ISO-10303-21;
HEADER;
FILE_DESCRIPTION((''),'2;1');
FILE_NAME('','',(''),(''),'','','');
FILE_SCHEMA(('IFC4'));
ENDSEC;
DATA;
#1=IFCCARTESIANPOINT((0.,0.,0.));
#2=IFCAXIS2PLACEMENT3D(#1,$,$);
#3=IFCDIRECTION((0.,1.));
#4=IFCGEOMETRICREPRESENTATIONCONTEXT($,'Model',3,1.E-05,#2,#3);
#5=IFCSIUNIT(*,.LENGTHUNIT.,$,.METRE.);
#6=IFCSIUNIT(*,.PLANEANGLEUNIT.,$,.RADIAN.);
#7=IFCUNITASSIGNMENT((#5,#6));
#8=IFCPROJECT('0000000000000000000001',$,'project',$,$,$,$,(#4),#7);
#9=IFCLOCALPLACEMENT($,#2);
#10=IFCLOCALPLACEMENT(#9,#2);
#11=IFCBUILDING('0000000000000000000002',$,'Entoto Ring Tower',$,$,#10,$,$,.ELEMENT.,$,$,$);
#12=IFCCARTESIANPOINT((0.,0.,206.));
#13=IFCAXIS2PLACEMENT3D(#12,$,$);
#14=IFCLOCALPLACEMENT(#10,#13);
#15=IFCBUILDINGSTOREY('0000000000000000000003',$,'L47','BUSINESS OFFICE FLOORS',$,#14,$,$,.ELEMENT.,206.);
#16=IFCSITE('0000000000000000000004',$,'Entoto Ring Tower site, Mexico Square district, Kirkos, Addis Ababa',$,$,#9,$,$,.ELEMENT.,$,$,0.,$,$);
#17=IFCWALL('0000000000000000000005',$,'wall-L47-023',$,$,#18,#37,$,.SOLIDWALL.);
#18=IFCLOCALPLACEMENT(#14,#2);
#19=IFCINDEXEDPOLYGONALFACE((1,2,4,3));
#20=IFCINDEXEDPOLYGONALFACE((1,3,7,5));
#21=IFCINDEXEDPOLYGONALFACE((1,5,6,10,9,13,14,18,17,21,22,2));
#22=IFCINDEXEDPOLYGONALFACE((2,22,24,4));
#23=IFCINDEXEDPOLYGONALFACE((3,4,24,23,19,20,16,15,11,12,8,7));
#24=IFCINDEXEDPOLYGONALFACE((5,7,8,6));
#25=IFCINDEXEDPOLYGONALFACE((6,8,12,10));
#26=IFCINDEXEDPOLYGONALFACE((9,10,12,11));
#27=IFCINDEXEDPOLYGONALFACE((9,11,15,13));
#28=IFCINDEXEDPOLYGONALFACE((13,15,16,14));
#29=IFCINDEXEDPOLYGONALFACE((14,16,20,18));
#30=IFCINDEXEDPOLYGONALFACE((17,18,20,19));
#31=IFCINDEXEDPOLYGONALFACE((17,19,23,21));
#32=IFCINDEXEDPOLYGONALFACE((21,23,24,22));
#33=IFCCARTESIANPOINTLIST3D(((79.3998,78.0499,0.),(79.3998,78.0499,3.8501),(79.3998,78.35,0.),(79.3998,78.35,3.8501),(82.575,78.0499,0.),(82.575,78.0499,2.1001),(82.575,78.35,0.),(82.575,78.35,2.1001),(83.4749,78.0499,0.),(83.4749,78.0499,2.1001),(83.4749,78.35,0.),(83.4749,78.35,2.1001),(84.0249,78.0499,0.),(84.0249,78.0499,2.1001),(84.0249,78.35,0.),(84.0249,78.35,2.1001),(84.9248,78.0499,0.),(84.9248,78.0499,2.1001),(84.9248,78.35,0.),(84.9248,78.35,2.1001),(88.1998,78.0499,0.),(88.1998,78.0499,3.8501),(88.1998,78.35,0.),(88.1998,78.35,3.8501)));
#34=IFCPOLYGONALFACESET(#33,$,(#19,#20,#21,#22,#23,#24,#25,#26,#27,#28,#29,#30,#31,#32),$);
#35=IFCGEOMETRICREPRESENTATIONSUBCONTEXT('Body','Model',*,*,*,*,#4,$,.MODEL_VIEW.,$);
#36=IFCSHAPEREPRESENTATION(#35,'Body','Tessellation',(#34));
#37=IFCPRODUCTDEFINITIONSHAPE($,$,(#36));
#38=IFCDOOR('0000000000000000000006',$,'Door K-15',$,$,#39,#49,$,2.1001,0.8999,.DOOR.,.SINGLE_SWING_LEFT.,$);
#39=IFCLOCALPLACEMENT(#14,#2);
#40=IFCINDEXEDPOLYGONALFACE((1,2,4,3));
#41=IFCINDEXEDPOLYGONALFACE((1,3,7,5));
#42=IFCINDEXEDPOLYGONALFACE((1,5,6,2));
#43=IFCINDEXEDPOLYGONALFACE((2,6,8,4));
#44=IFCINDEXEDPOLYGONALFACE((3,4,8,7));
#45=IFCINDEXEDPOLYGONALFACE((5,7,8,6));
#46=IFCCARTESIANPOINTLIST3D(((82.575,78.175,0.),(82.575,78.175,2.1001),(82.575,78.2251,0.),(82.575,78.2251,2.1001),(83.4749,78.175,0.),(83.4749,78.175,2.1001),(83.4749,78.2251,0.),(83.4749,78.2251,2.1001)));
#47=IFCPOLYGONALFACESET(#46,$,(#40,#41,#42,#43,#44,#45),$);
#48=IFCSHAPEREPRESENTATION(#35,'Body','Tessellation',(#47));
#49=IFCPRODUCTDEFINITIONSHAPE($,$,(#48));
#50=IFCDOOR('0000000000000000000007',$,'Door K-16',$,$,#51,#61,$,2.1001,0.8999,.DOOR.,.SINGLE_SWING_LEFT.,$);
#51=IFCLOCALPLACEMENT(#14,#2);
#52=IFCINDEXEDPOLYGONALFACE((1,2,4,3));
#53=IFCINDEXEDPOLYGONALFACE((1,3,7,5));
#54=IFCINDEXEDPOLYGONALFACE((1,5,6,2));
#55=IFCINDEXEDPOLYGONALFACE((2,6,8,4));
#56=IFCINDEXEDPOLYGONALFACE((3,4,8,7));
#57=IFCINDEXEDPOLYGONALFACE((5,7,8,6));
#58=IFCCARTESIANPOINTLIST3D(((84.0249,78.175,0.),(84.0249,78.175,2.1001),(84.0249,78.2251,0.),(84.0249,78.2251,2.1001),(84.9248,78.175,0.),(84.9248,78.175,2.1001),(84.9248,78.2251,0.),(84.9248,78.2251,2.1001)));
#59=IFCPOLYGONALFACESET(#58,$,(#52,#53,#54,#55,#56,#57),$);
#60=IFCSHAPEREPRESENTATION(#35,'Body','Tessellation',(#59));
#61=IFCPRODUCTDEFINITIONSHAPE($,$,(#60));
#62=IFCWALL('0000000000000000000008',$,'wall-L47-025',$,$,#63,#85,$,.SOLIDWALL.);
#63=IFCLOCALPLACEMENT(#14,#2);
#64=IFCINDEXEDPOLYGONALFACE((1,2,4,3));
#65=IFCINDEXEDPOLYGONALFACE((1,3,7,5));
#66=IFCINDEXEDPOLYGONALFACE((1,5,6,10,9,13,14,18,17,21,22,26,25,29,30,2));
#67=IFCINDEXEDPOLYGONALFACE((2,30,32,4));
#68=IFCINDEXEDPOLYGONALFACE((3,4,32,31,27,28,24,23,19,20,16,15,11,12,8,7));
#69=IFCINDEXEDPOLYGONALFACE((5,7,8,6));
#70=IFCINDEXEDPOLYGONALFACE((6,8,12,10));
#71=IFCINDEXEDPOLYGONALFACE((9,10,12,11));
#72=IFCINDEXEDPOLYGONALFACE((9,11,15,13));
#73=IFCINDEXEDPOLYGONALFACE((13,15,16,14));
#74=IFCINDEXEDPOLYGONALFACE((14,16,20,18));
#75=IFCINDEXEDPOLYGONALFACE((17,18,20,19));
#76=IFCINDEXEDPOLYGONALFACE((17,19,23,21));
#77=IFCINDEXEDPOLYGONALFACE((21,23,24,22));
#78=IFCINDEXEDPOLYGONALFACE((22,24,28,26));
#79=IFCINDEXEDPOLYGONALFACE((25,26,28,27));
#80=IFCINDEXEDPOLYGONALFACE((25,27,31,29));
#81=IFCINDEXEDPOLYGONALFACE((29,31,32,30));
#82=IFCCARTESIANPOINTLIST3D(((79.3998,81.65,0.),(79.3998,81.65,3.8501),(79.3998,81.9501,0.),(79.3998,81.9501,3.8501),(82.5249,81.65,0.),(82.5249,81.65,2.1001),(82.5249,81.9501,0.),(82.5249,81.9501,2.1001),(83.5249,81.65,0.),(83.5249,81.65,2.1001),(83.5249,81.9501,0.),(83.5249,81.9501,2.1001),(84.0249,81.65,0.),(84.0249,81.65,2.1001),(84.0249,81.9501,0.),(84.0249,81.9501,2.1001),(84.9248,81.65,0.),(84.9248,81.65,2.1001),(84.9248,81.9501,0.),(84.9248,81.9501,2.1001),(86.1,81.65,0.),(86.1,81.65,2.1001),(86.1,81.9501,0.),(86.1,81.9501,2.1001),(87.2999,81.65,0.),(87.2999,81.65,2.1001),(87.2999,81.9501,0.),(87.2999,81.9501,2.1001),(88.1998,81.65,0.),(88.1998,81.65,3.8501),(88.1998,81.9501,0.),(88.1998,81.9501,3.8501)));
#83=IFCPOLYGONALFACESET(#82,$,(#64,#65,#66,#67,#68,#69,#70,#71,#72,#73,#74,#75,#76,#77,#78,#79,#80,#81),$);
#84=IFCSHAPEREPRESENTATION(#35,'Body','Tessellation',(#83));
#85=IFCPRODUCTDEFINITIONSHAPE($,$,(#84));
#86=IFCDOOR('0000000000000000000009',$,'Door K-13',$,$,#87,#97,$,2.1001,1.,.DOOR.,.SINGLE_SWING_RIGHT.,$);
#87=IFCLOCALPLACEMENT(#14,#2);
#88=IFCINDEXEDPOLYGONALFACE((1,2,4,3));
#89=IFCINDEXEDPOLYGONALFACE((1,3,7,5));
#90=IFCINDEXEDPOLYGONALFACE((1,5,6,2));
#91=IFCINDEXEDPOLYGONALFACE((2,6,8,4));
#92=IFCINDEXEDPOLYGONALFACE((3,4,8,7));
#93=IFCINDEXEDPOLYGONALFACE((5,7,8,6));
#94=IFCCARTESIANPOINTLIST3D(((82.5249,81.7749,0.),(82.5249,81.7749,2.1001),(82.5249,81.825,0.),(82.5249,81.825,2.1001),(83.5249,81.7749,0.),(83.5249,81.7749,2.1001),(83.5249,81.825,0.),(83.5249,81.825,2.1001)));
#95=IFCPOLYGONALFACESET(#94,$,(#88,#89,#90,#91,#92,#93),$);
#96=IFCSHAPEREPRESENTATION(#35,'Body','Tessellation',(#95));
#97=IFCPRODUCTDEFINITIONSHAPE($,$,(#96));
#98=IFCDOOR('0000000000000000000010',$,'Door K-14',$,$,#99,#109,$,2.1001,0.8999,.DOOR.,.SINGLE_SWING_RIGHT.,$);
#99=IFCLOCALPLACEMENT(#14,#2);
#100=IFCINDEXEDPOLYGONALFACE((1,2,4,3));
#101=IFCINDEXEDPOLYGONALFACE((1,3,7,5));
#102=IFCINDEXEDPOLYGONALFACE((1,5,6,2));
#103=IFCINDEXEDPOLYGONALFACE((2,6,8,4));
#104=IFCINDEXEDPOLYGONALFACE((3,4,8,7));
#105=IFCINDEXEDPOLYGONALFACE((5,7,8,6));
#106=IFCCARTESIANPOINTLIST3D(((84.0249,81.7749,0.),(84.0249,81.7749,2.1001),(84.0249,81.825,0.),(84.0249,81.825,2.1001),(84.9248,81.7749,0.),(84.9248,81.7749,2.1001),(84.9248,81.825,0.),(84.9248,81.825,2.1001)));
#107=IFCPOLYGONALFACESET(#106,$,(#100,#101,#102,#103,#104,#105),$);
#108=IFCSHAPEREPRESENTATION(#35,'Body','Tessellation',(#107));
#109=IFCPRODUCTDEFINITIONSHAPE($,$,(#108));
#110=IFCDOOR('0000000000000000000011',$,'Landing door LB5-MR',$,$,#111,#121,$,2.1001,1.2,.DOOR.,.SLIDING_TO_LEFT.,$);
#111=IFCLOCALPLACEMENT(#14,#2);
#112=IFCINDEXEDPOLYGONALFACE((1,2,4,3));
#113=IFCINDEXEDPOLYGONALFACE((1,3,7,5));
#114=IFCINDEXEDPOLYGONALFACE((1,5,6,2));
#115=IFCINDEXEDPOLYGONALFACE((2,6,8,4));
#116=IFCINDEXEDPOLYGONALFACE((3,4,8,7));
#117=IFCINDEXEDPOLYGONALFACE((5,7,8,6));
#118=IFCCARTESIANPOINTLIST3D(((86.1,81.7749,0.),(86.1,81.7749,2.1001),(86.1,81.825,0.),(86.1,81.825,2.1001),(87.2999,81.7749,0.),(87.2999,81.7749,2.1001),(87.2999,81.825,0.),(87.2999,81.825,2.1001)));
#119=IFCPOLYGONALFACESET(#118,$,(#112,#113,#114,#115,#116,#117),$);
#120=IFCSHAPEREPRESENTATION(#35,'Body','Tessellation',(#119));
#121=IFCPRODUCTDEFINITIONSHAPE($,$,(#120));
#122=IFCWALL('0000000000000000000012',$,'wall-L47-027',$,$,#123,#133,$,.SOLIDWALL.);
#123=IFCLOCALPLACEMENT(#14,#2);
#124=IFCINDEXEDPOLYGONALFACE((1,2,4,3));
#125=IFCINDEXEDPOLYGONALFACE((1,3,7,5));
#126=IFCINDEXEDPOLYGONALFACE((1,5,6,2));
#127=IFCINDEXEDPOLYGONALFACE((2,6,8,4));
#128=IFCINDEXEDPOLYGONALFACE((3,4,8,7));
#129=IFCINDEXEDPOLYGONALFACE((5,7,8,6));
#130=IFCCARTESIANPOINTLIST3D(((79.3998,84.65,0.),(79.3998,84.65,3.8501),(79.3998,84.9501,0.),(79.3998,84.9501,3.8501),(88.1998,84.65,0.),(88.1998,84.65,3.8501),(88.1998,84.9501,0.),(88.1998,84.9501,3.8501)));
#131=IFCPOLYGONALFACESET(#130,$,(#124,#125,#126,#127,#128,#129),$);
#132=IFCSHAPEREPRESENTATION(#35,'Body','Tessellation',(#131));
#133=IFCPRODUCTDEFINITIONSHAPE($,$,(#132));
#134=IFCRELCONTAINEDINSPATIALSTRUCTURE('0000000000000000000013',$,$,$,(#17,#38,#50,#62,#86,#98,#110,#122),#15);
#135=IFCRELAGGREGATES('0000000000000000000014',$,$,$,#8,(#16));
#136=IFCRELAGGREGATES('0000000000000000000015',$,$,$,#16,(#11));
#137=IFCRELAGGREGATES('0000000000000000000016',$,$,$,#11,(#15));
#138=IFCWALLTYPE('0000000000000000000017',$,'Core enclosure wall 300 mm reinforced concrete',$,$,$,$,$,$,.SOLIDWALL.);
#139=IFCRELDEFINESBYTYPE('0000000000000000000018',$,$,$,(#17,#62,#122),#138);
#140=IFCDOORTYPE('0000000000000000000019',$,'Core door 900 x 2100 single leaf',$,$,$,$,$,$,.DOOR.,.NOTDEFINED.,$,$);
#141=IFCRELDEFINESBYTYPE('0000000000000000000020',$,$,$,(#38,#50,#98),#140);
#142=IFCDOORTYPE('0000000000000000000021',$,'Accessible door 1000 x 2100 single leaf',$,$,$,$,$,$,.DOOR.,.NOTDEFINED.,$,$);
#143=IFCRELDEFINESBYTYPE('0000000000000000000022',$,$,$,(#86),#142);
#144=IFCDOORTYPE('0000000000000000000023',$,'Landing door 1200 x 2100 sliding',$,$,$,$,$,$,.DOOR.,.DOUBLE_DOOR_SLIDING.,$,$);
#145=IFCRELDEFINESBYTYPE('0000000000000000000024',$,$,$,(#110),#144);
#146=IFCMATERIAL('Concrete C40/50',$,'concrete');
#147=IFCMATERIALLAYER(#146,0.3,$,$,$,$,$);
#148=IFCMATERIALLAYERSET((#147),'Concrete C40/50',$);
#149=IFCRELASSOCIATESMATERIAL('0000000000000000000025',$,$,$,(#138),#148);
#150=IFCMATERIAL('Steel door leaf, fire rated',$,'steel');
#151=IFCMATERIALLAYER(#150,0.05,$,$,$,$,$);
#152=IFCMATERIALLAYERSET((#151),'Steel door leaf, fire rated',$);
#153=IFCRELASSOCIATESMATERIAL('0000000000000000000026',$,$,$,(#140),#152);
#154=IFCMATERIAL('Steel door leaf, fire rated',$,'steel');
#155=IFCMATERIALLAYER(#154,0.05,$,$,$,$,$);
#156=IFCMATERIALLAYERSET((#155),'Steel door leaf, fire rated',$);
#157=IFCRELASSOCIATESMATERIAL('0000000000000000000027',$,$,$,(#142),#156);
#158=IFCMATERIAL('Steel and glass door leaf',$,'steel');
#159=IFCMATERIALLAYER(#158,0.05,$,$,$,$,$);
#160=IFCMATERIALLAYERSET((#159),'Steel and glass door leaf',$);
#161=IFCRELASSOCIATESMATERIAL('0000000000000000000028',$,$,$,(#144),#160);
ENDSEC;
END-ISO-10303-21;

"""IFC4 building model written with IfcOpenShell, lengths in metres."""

from ifc_helpers import new_model, si_unit, direction, frame, frame_2d, origin, place, context, subcontext, project, spatial, rectangle, extrude, material, layer, layer_set, type_object, element, fill, save


model = new_model("IFC4")

# Units and contexts
model_context = context("Model", 3, precision=1e-05, world=origin(), true_north=direction((0.0, 1.0)))
body_context = subcontext(model_context, "Body", "Model", "MODEL_VIEW")
ifc_project = project(units=[si_unit("LENGTHUNIT", "METRE"), si_unit("PLANEANGLEUNIT", "RADIAN")], contexts=[model_context])

# Site, building, storey
site_placement = place(None, origin())
site = spatial("IfcSite", under=ifc_project, at=site_placement, Name="Entoto Ring Tower site, Mexico Square district, Kirkos, Addis Ababa", CompositionType="ELEMENT", RefElevation=0.0)
building_placement = place(site_placement, origin())
building = spatial("IfcBuilding", under=site, at=building_placement, Name="Entoto Ring Tower", CompositionType="ELEMENT")
storey_placement = place(building_placement, frame((0.0, 0.0, 206.0)))
storey = spatial("IfcBuildingStorey", under=building, at=storey_placement, Name="L47", Description="BUSINESS OFFICE FLOORS", CompositionType="ELEMENT", Elevation=206.0)

# Shared definitions
ifc_material_1 = material(Name="Concrete C40/50", Category="concrete")
ifc_layer_1 = layer(ifc_material_1, 0.3)
ifc_layer_set_1 = layer_set([ifc_layer_1], Name="Concrete C40/50")
wall_type_1 = type_object("IfcWallType", Name="Core enclosure wall 300 mm reinforced concrete", PredefinedType="SOLIDWALL", material=ifc_layer_set_1)

# Walls, openings, doors
wall_1_placement = place(storey_placement, frame((79.3999, 78.2, 0.0), z_axis=(0.0, 0.0, 1.0), x_axis=(1.0, 0.0, 0.0)))
wall_1 = element("IfcWall", 1, at=wall_1_placement, inside=storey, type_object=wall_type_1, Name="wall-L47-023", PredefinedType="SOLIDWALL", context=body_context, shape_type="SweptSolid", body=[
    extrude(rectangle(XDim=8.8, YDim=0.3, at=frame_2d((4.3999, 0.0))), origin(), (0.0, 0.0, 1.0), 3.8501),
])
opening_1_placement = place(wall_1_placement, frame((3.175, 0.0, 0.0)))
opening_1 = element("IfcOpeningElement", 2, at=opening_1_placement, cuts=wall_1, PredefinedType="OPENING", context=body_context, shape_type="SweptSolid", body=[
    extrude(rectangle(XDim=0.8999, YDim=2.1001, at=frame_2d((0.45, 1.05))), frame((0.0, 0.1602, 0.0), z_axis=(0.0, -1.0, 0.0), x_axis=(1.0, 0.0, 0.0)), (0.0, 0.0, 1.0), 0.3201),
])
opening_2_placement = place(wall_1_placement, frame((4.625, 0.0, 0.0)))
opening_2 = element("IfcOpeningElement", 3, at=opening_2_placement, cuts=wall_1, PredefinedType="OPENING", context=body_context, shape_type="SweptSolid", body=[
    extrude(rectangle(XDim=0.8999, YDim=2.1001, at=frame_2d((0.45, 1.05))), frame((0.0, 0.1602, 0.0), z_axis=(0.0, -1.0, 0.0), x_axis=(1.0, 0.0, 0.0)), (0.0, 0.0, 1.0), 0.3201),
])
ifc_material_2 = material(Name="Steel door leaf, fire rated", Category="steel")
ifc_layer_2 = layer(ifc_material_2, 0.05)
ifc_layer_set_2 = layer_set([ifc_layer_2], Name="Steel door leaf, fire rated")
door_type_1 = type_object("IfcDoorType", Name="Core door 900 x 2100 single leaf", OperationType="NOTDEFINED", PredefinedType="DOOR", material=ifc_layer_set_2)
door_1_placement = place(opening_1_placement, frame((0.8999, 0.0, 0.0), z_axis=(0.0, 0.0, 1.0), x_axis=(-1.0, 0.0, 0.0)))
door_1 = element("IfcDoor", 4, at=door_1_placement, inside=storey, type_object=door_type_1, Name="Door K-15", OperationType="SINGLE_SWING_LEFT", OverallHeight=2.1001, OverallWidth=0.8999, PredefinedType="DOOR", context=body_context, shape_type="SweptSolid", body=[
    extrude(rectangle(XDim=0.8999, YDim=2.1001, at=frame_2d((0.45, 1.05))), frame((0.0, 0.0249, 0.0), z_axis=(0.0, -1.0, 0.0), x_axis=(1.0, 0.0, 0.0)), (0.0, 0.0, 1.0), 0.05),
])
fill(opening_1, door_1)
door_2_placement = place(opening_2_placement, frame((0.8999, 0.0, 0.0), z_axis=(0.0, 0.0, 1.0), x_axis=(-1.0, 0.0, 0.0)))
door_2 = element("IfcDoor", 5, at=door_2_placement, inside=storey, type_object=door_type_1, Name="Door K-16", OperationType="SINGLE_SWING_LEFT", OverallHeight=2.1001, OverallWidth=0.8999, PredefinedType="DOOR", context=body_context, shape_type="SweptSolid", body=[
    extrude(rectangle(XDim=0.8999, YDim=2.1001, at=frame_2d((0.45, 1.05))), frame((0.0, 0.0249, 0.0), z_axis=(0.0, -1.0, 0.0), x_axis=(1.0, 0.0, 0.0)), (0.0, 0.0, 1.0), 0.05),
])
fill(opening_2, door_2)
wall_2_placement = place(storey_placement, frame((79.3999, 81.8, 0.0), z_axis=(0.0, 0.0, 1.0), x_axis=(1.0, 0.0, 0.0)))
wall_2 = element("IfcWall", 6, at=wall_2_placement, inside=storey, type_object=wall_type_1, Name="wall-L47-025", PredefinedType="SOLIDWALL", context=body_context, shape_type="SweptSolid", body=[
    extrude(rectangle(XDim=8.8, YDim=0.3, at=frame_2d((4.3999, 0.0))), origin(), (0.0, 0.0, 1.0), 3.8501),
])
opening_3_placement = place(wall_2_placement, frame((6.7, 0.0, 0.0)))
opening_3 = element("IfcOpeningElement", 7, at=opening_3_placement, cuts=wall_2, PredefinedType="OPENING", context=body_context, shape_type="SweptSolid", body=[
    extrude(rectangle(XDim=1.2, YDim=2.1001, at=frame_2d((0.6001, 1.05))), frame((0.0, 0.1602, 0.0), z_axis=(0.0, -1.0, 0.0), x_axis=(1.0, 0.0, 0.0)), (0.0, 0.0, 1.0), 0.3201),
])
opening_4_placement = place(wall_2_placement, frame((3.125, 0.0, 0.0)))
opening_4 = element("IfcOpeningElement", 8, at=opening_4_placement, cuts=wall_2, PredefinedType="OPENING", context=body_context, shape_type="SweptSolid", body=[
    extrude(rectangle(XDim=1.0, YDim=2.1001, at=frame_2d((0.5, 1.05))), frame((0.0, 0.1602, 0.0), z_axis=(0.0, -1.0, 0.0), x_axis=(1.0, 0.0, 0.0)), (0.0, 0.0, 1.0), 0.3201),
])
opening_5_placement = place(wall_2_placement, frame((4.625, 0.0, 0.0)))
opening_5 = element("IfcOpeningElement", 9, at=opening_5_placement, cuts=wall_2, PredefinedType="OPENING", context=body_context, shape_type="SweptSolid", body=[
    extrude(rectangle(XDim=0.8999, YDim=2.1001, at=frame_2d((0.45, 1.05))), frame((0.0, 0.1602, 0.0), z_axis=(0.0, -1.0, 0.0), x_axis=(1.0, 0.0, 0.0)), (0.0, 0.0, 1.0), 0.3201),
])
ifc_material_3 = material(Name="Steel door leaf, fire rated", Category="steel")
ifc_layer_3 = layer(ifc_material_3, 0.05)
ifc_layer_set_3 = layer_set([ifc_layer_3], Name="Steel door leaf, fire rated")
door_type_2 = type_object("IfcDoorType", Name="Accessible door 1000 x 2100 single leaf", OperationType="NOTDEFINED", PredefinedType="DOOR", material=ifc_layer_set_3)
door_3_placement = place(opening_4_placement, origin())
door_3 = element("IfcDoor", 10, at=door_3_placement, inside=storey, type_object=door_type_2, Name="Door K-13", OperationType="SINGLE_SWING_RIGHT", OverallHeight=2.1001, OverallWidth=1.0, PredefinedType="DOOR", context=body_context, shape_type="SweptSolid", body=[
    extrude(rectangle(XDim=1.0, YDim=2.1001, at=frame_2d((0.5, 1.05))), frame((0.0, 0.0249, 0.0), z_axis=(0.0, -1.0, 0.0), x_axis=(1.0, 0.0, 0.0)), (0.0, 0.0, 1.0), 0.05),
])
fill(opening_4, door_3)
door_4_placement = place(opening_5_placement, origin())
door_4 = element("IfcDoor", 11, at=door_4_placement, inside=storey, type_object=door_type_1, Name="Door K-14", OperationType="SINGLE_SWING_RIGHT", OverallHeight=2.1001, OverallWidth=0.8999, PredefinedType="DOOR", context=body_context, shape_type="SweptSolid", body=[
    extrude(rectangle(XDim=0.8999, YDim=2.1001, at=frame_2d((0.45, 1.05))), frame((0.0, 0.0249, 0.0), z_axis=(0.0, -1.0, 0.0), x_axis=(1.0, 0.0, 0.0)), (0.0, 0.0, 1.0), 0.05),
])
fill(opening_5, door_4)
ifc_material_4 = material(Name="Steel and glass door leaf", Category="steel")
ifc_layer_4 = layer(ifc_material_4, 0.05)
ifc_layer_set_4 = layer_set([ifc_layer_4], Name="Steel and glass door leaf")
door_type_3 = type_object("IfcDoorType", Name="Landing door 1200 x 2100 sliding", OperationType="DOUBLE_DOOR_SLIDING", PredefinedType="DOOR", material=ifc_layer_set_4)
door_5_placement = place(opening_3_placement, origin())
door_5 = element("IfcDoor", 12, at=door_5_placement, inside=storey, type_object=door_type_3, Name="Landing door LB5-MR", OperationType="SLIDING_TO_LEFT", OverallHeight=2.1001, OverallWidth=1.2, PredefinedType="DOOR", context=body_context, shape_type="SweptSolid", body=[
    extrude(rectangle(XDim=1.2, YDim=2.1001, at=frame_2d((0.6001, 1.05))), frame((0.0, 0.0249, 0.0), z_axis=(0.0, -1.0, 0.0), x_axis=(1.0, 0.0, 0.0)), (0.0, 0.0, 1.0), 0.05),
])
fill(opening_3, door_5)

# Wall
wall_3_placement = place(storey_placement, frame((79.3999, 84.8, 0.0), z_axis=(0.0, 0.0, 1.0), x_axis=(1.0, 0.0, 0.0)))
element("IfcWall", 13, at=wall_3_placement, inside=storey, type_object=wall_type_1, Name="wall-L47-027", PredefinedType="SOLIDWALL", context=body_context, shape_type="SweptSolid", body=[
    extrude(rectangle(XDim=8.8, YDim=0.3, at=frame_2d((4.3999, 0.0))), origin(), (0.0, 0.0, 1.0), 3.8501),
])

save(model, "model.ifc")
